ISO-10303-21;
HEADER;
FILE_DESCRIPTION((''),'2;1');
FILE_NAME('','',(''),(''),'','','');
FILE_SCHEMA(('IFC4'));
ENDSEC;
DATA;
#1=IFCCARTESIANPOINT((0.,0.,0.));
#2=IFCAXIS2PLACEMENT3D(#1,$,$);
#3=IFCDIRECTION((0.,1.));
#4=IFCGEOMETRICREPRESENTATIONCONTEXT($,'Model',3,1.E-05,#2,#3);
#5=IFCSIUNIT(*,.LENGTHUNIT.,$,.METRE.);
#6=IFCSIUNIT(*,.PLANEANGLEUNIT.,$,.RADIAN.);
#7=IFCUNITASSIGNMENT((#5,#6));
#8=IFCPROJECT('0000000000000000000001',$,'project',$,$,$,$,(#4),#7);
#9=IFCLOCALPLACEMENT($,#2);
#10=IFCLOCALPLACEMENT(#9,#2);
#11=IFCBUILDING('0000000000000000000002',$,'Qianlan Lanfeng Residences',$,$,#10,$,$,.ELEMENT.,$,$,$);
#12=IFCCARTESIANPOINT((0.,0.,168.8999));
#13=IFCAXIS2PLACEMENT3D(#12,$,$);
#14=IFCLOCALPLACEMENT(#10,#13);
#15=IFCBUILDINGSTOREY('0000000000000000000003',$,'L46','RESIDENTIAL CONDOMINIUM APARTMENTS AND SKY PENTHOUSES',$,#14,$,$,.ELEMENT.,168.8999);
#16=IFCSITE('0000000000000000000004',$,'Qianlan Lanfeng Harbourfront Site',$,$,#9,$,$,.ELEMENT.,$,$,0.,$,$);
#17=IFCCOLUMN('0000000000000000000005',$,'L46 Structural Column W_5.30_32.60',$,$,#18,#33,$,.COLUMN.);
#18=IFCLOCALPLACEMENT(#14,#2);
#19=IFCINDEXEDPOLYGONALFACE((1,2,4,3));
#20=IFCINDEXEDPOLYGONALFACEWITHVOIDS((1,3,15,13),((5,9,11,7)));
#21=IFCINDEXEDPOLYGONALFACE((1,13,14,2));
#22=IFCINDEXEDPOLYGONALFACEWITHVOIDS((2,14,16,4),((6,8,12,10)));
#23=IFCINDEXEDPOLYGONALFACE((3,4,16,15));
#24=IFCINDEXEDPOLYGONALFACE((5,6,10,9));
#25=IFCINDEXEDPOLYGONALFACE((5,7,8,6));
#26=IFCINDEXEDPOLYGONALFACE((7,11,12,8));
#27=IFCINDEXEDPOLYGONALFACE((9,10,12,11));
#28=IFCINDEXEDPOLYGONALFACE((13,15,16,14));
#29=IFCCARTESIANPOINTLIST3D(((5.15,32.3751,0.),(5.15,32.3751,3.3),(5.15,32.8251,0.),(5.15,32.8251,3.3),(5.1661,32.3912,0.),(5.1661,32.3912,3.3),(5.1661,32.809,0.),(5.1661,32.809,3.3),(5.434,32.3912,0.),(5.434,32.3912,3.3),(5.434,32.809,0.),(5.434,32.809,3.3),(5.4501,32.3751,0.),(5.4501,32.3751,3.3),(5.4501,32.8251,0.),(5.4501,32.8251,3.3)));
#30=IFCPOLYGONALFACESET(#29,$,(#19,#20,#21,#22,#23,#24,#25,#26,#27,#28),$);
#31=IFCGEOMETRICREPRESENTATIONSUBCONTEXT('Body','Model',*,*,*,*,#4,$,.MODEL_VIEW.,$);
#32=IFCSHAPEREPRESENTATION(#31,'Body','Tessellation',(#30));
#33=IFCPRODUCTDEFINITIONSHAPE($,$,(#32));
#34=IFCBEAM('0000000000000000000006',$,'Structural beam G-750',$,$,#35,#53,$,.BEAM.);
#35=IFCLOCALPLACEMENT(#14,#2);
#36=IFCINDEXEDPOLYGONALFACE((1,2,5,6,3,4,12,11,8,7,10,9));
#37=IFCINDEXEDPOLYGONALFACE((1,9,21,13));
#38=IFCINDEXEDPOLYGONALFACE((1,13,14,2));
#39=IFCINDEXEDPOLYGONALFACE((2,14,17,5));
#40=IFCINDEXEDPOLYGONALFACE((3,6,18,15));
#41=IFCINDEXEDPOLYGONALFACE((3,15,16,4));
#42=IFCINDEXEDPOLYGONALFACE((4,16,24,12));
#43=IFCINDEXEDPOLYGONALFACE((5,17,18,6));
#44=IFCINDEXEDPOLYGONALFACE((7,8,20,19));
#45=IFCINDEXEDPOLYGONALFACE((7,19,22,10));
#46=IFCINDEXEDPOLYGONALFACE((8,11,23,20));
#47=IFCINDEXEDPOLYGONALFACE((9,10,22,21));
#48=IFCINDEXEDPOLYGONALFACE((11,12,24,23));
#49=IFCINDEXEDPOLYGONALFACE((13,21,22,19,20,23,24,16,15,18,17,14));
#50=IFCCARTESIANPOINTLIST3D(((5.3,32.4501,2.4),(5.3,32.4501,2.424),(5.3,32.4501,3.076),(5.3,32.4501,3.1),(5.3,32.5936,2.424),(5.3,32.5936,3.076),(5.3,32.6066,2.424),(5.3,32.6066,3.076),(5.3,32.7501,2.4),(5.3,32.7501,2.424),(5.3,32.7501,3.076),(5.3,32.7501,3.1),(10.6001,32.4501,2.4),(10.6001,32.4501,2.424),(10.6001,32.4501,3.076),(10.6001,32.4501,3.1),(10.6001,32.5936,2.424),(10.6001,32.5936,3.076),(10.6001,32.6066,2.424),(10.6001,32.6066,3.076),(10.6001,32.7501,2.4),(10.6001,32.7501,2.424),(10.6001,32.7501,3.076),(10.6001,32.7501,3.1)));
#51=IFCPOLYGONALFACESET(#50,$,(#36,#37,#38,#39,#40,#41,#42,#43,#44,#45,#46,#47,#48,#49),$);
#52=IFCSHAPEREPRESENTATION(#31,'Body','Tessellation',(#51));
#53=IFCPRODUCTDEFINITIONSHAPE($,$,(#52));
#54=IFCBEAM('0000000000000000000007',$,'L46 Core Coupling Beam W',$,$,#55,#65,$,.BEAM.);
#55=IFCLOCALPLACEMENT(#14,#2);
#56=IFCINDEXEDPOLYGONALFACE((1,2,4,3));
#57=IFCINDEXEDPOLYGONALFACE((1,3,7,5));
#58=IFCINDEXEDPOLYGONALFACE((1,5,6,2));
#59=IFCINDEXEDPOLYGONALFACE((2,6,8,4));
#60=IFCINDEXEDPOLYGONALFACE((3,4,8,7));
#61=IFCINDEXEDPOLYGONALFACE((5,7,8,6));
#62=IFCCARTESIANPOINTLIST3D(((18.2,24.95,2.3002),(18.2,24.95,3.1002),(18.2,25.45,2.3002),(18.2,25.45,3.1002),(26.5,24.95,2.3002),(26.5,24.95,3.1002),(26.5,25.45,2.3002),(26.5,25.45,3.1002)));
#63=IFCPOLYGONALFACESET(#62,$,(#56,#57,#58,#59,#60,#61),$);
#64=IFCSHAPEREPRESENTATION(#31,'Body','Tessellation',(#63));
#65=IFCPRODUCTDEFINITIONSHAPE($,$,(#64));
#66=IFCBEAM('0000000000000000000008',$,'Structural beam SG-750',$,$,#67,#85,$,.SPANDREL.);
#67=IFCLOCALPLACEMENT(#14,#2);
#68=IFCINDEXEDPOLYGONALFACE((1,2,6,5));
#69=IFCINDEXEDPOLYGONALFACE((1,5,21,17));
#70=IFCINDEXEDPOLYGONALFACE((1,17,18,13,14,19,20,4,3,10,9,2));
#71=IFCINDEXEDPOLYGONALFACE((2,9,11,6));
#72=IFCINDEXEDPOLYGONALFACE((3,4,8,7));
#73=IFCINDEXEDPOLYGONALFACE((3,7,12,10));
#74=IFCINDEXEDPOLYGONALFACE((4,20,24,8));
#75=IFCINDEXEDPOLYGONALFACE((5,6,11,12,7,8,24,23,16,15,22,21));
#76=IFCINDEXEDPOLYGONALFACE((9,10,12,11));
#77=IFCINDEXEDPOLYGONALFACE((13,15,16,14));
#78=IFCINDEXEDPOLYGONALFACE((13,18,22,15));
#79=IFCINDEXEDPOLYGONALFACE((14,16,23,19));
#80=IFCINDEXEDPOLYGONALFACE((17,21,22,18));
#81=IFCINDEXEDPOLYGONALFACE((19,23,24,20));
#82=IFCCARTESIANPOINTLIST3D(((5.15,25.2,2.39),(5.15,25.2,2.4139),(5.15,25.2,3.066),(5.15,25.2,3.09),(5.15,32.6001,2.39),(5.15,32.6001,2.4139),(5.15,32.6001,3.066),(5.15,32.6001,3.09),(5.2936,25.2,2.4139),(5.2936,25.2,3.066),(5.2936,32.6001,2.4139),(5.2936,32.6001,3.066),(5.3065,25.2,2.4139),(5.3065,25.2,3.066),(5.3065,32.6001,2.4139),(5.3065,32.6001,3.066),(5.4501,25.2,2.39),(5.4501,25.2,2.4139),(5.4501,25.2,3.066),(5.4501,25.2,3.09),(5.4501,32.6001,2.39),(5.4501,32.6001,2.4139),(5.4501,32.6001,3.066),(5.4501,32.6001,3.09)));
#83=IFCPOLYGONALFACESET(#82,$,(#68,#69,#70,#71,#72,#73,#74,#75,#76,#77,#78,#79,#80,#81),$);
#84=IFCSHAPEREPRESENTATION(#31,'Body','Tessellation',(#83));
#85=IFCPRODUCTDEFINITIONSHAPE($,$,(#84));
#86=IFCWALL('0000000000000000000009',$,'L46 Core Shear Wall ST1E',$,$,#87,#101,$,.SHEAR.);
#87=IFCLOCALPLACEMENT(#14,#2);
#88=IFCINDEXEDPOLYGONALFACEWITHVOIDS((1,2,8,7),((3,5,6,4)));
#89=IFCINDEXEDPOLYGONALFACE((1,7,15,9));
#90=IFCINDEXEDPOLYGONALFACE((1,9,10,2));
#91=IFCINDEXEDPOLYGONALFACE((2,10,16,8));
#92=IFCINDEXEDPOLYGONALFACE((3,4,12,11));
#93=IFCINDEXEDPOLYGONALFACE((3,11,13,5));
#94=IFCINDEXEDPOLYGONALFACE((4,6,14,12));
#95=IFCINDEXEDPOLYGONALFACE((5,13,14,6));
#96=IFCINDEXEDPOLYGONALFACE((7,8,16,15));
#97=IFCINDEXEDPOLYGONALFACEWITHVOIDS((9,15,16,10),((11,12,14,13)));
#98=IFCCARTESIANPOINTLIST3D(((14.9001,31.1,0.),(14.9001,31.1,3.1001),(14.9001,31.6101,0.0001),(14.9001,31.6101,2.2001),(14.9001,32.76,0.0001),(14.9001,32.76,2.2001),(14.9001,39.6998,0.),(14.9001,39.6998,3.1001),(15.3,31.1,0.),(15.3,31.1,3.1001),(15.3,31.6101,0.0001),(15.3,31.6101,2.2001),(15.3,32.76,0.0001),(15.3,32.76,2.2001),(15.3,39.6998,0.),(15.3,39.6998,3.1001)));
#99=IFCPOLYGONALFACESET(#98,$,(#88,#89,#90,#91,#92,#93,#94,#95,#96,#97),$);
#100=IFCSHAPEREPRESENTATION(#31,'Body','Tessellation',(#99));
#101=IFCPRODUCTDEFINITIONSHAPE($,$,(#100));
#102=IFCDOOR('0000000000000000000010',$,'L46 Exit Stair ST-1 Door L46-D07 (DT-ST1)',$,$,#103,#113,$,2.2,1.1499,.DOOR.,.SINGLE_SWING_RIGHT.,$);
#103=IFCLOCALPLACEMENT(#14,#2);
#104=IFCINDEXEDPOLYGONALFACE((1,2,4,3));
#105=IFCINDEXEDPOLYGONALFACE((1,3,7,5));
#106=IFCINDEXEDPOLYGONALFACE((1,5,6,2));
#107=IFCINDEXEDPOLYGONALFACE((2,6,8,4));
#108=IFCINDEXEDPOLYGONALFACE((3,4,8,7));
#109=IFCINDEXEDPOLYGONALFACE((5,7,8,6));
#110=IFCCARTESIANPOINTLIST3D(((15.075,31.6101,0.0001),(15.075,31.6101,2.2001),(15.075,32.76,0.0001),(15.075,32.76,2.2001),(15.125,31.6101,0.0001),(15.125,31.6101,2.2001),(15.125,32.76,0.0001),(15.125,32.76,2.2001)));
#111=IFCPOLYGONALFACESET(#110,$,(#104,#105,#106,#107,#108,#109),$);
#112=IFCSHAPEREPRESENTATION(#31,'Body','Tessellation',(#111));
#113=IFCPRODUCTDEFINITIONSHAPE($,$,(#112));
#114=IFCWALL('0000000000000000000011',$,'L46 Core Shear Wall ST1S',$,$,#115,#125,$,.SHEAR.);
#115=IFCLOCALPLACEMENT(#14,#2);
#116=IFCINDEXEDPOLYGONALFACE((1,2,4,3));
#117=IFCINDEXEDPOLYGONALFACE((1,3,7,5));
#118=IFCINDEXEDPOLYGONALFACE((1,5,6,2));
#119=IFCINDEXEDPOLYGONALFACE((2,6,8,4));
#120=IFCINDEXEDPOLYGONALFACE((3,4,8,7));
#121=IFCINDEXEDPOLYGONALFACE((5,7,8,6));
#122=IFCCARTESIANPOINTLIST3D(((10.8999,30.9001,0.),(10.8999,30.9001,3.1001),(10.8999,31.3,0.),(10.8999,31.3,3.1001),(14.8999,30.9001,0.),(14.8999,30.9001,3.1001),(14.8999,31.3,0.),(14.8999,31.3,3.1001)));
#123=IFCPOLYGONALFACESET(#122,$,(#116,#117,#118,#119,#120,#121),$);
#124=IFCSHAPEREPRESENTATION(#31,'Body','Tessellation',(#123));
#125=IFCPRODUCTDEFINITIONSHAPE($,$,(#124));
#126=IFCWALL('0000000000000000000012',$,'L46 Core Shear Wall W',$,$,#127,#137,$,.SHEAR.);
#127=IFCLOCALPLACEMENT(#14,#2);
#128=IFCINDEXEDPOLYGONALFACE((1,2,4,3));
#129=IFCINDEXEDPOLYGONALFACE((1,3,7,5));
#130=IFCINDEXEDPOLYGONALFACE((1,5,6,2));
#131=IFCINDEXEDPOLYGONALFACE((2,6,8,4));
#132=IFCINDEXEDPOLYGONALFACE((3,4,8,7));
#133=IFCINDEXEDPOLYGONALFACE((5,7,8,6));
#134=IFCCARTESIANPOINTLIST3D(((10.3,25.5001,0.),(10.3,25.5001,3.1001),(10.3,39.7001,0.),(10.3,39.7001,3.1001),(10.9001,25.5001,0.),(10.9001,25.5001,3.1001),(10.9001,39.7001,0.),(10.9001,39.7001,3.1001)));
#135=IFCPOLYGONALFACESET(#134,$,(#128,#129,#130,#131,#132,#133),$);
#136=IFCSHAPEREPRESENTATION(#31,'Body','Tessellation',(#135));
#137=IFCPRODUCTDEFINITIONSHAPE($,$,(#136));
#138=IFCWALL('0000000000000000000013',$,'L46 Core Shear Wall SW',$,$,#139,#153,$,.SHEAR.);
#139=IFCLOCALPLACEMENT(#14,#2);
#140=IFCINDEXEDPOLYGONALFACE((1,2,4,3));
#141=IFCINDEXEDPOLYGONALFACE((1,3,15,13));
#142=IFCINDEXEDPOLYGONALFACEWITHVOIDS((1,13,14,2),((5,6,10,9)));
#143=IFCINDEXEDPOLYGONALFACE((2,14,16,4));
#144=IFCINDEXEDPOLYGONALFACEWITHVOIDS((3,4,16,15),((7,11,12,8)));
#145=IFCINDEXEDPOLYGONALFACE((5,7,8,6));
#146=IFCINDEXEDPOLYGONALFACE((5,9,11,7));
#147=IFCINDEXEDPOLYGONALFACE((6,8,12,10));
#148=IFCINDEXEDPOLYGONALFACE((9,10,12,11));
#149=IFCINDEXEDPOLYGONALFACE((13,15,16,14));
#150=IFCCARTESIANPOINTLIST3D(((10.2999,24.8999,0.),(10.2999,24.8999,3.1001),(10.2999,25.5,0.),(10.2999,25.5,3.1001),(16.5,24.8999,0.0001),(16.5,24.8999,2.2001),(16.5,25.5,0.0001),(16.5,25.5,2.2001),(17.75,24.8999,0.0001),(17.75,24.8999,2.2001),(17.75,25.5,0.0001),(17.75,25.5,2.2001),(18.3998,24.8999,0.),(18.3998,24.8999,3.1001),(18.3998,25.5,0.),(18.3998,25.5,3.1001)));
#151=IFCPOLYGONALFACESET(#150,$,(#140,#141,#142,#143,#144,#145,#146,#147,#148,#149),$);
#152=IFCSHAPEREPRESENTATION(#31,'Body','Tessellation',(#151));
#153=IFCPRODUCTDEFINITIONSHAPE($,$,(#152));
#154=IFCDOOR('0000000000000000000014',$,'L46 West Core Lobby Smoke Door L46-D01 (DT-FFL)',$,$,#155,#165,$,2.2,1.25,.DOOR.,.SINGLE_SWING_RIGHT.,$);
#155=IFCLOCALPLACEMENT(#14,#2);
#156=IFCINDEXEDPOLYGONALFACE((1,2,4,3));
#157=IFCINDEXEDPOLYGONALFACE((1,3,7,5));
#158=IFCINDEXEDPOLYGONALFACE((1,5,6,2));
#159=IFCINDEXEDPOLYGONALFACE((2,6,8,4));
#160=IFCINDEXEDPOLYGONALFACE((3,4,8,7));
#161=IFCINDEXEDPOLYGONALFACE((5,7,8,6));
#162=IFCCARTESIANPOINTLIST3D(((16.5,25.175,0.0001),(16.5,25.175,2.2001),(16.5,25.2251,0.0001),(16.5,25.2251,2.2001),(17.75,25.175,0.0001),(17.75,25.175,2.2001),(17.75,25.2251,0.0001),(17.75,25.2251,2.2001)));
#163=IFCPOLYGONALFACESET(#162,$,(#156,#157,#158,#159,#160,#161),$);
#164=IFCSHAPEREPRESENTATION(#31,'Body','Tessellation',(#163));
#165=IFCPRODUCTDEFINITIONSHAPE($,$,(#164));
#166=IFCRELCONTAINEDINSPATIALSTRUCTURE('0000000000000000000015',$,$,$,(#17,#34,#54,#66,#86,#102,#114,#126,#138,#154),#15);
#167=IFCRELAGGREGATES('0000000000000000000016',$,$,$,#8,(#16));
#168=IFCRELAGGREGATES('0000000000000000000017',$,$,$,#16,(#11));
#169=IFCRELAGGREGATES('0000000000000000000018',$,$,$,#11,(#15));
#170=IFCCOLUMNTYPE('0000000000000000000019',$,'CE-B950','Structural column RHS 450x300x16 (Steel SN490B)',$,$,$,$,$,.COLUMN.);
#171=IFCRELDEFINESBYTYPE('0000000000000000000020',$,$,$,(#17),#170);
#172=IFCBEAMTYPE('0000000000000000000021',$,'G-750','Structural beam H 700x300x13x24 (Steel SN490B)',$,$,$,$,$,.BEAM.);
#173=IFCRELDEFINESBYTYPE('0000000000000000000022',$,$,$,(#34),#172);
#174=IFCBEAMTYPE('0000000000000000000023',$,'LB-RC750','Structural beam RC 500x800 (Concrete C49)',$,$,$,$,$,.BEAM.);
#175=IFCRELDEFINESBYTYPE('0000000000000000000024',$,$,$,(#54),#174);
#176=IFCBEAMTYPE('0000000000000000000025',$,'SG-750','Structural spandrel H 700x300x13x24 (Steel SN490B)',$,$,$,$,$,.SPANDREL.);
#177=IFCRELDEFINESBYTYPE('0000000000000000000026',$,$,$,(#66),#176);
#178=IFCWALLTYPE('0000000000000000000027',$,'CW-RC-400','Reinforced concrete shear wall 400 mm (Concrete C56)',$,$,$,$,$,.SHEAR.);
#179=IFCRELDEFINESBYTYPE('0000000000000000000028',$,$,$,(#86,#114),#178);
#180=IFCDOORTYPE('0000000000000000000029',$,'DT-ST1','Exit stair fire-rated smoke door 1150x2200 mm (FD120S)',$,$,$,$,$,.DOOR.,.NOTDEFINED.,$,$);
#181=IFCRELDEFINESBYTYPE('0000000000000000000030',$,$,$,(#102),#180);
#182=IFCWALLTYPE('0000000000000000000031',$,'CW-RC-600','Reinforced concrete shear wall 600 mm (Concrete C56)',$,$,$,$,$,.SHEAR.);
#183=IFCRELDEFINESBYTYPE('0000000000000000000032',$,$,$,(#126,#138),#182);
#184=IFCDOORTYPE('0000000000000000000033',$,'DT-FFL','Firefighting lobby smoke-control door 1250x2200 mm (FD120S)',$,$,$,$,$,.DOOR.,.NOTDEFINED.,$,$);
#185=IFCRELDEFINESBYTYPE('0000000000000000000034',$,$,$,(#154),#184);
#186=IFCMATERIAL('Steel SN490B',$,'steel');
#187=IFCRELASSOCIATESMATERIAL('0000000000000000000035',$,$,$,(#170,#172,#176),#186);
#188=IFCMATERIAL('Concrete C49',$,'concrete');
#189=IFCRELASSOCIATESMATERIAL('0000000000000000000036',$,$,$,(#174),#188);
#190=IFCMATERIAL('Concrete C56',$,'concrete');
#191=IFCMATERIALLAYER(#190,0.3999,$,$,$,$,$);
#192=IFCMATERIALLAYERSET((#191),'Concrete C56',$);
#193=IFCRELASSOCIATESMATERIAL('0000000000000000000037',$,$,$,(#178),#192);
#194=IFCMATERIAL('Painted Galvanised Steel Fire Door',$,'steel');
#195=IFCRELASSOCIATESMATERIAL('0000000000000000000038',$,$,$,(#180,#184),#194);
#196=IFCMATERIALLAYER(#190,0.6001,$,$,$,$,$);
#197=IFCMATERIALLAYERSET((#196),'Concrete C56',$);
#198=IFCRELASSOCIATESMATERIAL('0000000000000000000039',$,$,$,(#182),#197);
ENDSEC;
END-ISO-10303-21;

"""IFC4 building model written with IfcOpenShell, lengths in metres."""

from ifc_helpers import new_model, si_unit, direction, frame, frame_2d, origin, origin_2d, place, context, subcontext, project, spatial, rectangle, hollow_rectangle, i_section, extrude, material, layer, layer_set, material_profile, profile_set, type_object, element, fill, save


model = new_model("IFC4")

# Units and contexts
model_context = context("Model", 3, precision=1e-05, world=origin(), true_north=direction((0.0, 1.0)))
body_context = subcontext(model_context, "Body", "Model", "MODEL_VIEW")
ifc_project = project(units=[si_unit("LENGTHUNIT", "METRE"), si_unit("PLANEANGLEUNIT", "RADIAN")], contexts=[model_context])

# Site, building, storey
site_placement = place(None, origin())
site = spatial("IfcSite", under=ifc_project, at=site_placement, Name="Qianlan Lanfeng Harbourfront Site", CompositionType="ELEMENT", RefElevation=0.0)
building_placement = place(site_placement, origin())
building = spatial("IfcBuilding", under=site, at=building_placement, Name="Qianlan Lanfeng Residences", CompositionType="ELEMENT")
storey_placement = place(building_placement, frame((0.0, 0.0, 168.8999)))
storey = spatial("IfcBuildingStorey", under=building, at=storey_placement, Name="L46", Description="RESIDENTIAL CONDOMINIUM APARTMENTS AND SKY PENTHOUSES", CompositionType="ELEMENT", Elevation=168.8999)

# Column
ifc_material_1 = material(Name="Steel SN490B", Category="steel")
ifc_material_profile_1 = material_profile(ifc_material_1, hollow_rectangle(XDim=0.3, YDim=0.45, WallThickness=0.0161, at=origin_2d()), Name="RHS 450x300x16")
ifc_profile_set_1 = profile_set([ifc_material_profile_1], Name="Steel SN490B")
column_type = type_object("IfcColumnType", Name="CE-B950", Description="Structural column RHS 450x300x16 (Steel SN490B)", PredefinedType="COLUMN", material=ifc_profile_set_1)
column_placement = place(storey_placement, frame((5.3, 32.6001, 0.0), z_axis=(0.0, 0.0, 1.0), x_axis=(1.0, 0.0, 0.0)))
element("IfcColumn", 1, at=column_placement, inside=storey, type_object=column_type, Name="L46 Structural Column W_5.30_32.60", PredefinedType="COLUMN", context=body_context, shape_type="SweptSolid", body=[
    extrude(hollow_rectangle(XDim=0.3, YDim=0.45, WallThickness=0.0161, at=origin_2d()), origin(), (0.0, 0.0, 1.0), 3.3),
])

# Beams
ifc_material_profile_2 = material_profile(ifc_material_1, i_section(OverallWidth=0.3, OverallDepth=0.7, WebThickness=0.0129, FlangeThickness=0.0239, at=origin_2d()), Name="H 700x300x13x24")
ifc_profile_set_2 = profile_set([ifc_material_profile_2], Name="Steel SN490B")
beam_type_1 = type_object("IfcBeamType", Name="G-750", Description="Structural beam H 700x300x13x24 (Steel SN490B)", PredefinedType="BEAM", material=ifc_profile_set_2)
beam_1_placement = place(storey_placement, frame((5.3, 32.6001, 2.75), z_axis=(1.0, 0.0, 0.0), x_axis=(0.0, 1.0, 0.0)))
element("IfcBeam", 2, at=beam_1_placement, inside=storey, type_object=beam_type_1, Name="Structural beam G-750", PredefinedType="BEAM", context=body_context, shape_type="SweptSolid", body=[
    extrude(i_section(OverallWidth=0.3, OverallDepth=0.7, WebThickness=0.0129, FlangeThickness=0.0239, at=origin_2d()), origin(), (0.0, 0.0, 1.0), 5.3),
])
ifc_material_2 = material(Name="Concrete C49", Category="concrete")
ifc_material_profile_3 = material_profile(ifc_material_2, rectangle(XDim=0.5, YDim=0.8, at=origin_2d()), Name="RC 500x800")
ifc_profile_set_3 = profile_set([ifc_material_profile_3], Name="Concrete C49")
beam_type_2 = type_object("IfcBeamType", Name="LB-RC750", Description="Structural beam RC 500x800 (Concrete C49)", PredefinedType="BEAM", material=ifc_profile_set_3)
beam_2_placement = place(storey_placement, frame((18.2, 25.2, 2.7002), z_axis=(1.0, 0.0, 0.0), x_axis=(0.0, 1.0, 0.0)))
element("IfcBeam", 3, at=beam_2_placement, inside=storey, type_object=beam_type_2, Name="L46 Core Coupling Beam W", PredefinedType="BEAM", context=body_context, shape_type="SweptSolid", body=[
    extrude(rectangle(XDim=0.5, YDim=0.8, at=origin_2d()), origin(), (0.0, 0.0, 1.0), 8.3),
])
ifc_material_profile_4 = material_profile(ifc_material_1, i_section(OverallWidth=0.3, OverallDepth=0.7, WebThickness=0.0129, FlangeThickness=0.0239, at=origin_2d()), Name="H 700x300x13x24")
ifc_profile_set_4 = profile_set([ifc_material_profile_4], Name="Steel SN490B")
beam_type_3 = type_object("IfcBeamType", Name="SG-750", Description="Structural spandrel H 700x300x13x24 (Steel SN490B)", PredefinedType="SPANDREL", material=ifc_profile_set_4)
beam_3_placement = place(storey_placement, frame((5.3, 25.2, 2.74), z_axis=(0.0, 1.0, 0.0), x_axis=(-1.0, 0.0, 0.0)))
element("IfcBeam", 4, at=beam_3_placement, inside=storey, type_object=beam_type_3, Name="Structural beam SG-750", PredefinedType="SPANDREL", context=body_context, shape_type="SweptSolid", body=[
    extrude(i_section(OverallWidth=0.3, OverallDepth=0.7, WebThickness=0.0129, FlangeThickness=0.0239, at=origin_2d()), origin(), (0.0, 0.0, 1.0), 7.4001),
])

# Wall, opening, door
ifc_material_3 = material(Name="Concrete C56", Category="concrete")
ifc_layer_1 = layer(ifc_material_3, 0.3999)
ifc_layer_set_1 = layer_set([ifc_layer_1], Name="Concrete C56")
wall_type_1 = type_object("IfcWallType", Name="CW-RC-400", Description="Reinforced concrete shear wall 400 mm (Concrete C56)", PredefinedType="SHEAR", material=ifc_layer_set_1)
wall_1_placement = place(storey_placement, frame((15.1001, 31.1001, 0.0), z_axis=(0.0, 0.0, 1.0), x_axis=(0.0, 1.0, 0.0)))
wall_1 = element("IfcWall", 5, at=wall_1_placement, inside=storey, type_object=wall_type_1, Name="L46 Core Shear Wall ST1E", PredefinedType="SHEAR", context=body_context, shape_type="SweptSolid", body=[
    extrude(rectangle(XDim=8.5999, YDim=0.3999, at=frame_2d((4.2998, 0.0))), origin(), (0.0, 0.0, 1.0), 3.1001),
])
opening_1_placement = place(wall_1_placement, frame((0.51, 0.0, 0.0)))
opening_1 = element("IfcOpeningElement", 6, at=opening_1_placement, cuts=wall_1, PredefinedType="OPENING", context=body_context, shape_type="SweptSolid", body=[
    extrude(rectangle(XDim=1.1499, YDim=2.2, at=frame_2d((0.575, 1.1001))), frame((0.0, 0.21, 0.0), z_axis=(0.0, -1.0, 0.0), x_axis=(1.0, 0.0, 0.0)), (0.0, 0.0, 1.0), 0.4199),
])
ifc_material_4 = material(Name="Painted Galvanised Steel Fire Door", Category="steel")
door_type_1 = type_object("IfcDoorType", Name="DT-ST1", Description="Exit stair fire-rated smoke door 1150x2200 mm (FD120S)", OperationType="NOTDEFINED", PredefinedType="DOOR", material=ifc_material_4)
door_1_placement = place(opening_1_placement, frame((1.1499, 0.0, 0.0), z_axis=(0.0, 0.0, 1.0), x_axis=(-1.0, 0.0, 0.0)))
door_1 = element("IfcDoor", 7, at=door_1_placement, inside=storey, type_object=door_type_1, Name="L46 Exit Stair ST-1 Door L46-D07 (DT-ST1)", OperationType="SINGLE_SWING_RIGHT", OverallHeight=2.2, OverallWidth=1.1499, PredefinedType="DOOR", context=body_context, shape_type="SweptSolid", body=[
    extrude(rectangle(XDim=1.1499, YDim=2.2, at=frame_2d((0.575, 1.1001))), frame((0.0, 0.0249, 0.0), z_axis=(0.0, -1.0, 0.0), x_axis=(1.0, 0.0, 0.0)), (0.0, 0.0, 1.0), 0.05),
])
fill(opening_1, door_1)

# Wall
wall_2_placement = place(storey_placement, frame((10.8999, 31.1001, 0.0), z_axis=(0.0, 0.0, 1.0), x_axis=(1.0, 0.0, 0.0)))
element("IfcWall", 8, at=wall_2_placement, inside=storey, type_object=wall_type_1, Name="L46 Core Shear Wall ST1S", PredefinedType="SHEAR", context=body_context, shape_type="SweptSolid", body=[
    extrude(rectangle(XDim=4.0, YDim=0.3999, at=frame_2d((2.0, 0.0))), origin(), (0.0, 0.0, 1.0), 3.1001),
])

# Wall
ifc_layer_2 = layer(ifc_material_3, 0.6001)
ifc_layer_set_2 = layer_set([ifc_layer_2], Name="Concrete C56")
wall_type_2 = type_object("IfcWallType", Name="CW-RC-600", Description="Reinforced concrete shear wall 600 mm (Concrete C56)", PredefinedType="SHEAR", material=ifc_layer_set_2)
wall_3_placement = place(storey_placement, frame((10.6001, 25.5, 0.0), z_axis=(0.0, 0.0, 1.0), x_axis=(0.0, 1.0, 0.0)))
element("IfcWall", 9, at=wall_3_placement, inside=storey, type_object=wall_type_2, Name="L46 Core Shear Wall W", PredefinedType="SHEAR", context=body_context, shape_type="SweptSolid", body=[
    extrude(rectangle(XDim=14.2, YDim=0.6001, at=frame_2d((7.1001, 0.0))), origin(), (0.0, 0.0, 1.0), 3.1001),
])

# Wall, opening, door
wall_4_placement = place(storey_placement, frame((10.3, 25.2, 0.0), z_axis=(0.0, 0.0, 1.0), x_axis=(1.0, 0.0, 0.0)))
wall_4 = element("IfcWall", 10, at=wall_4_placement, inside=storey, type_object=wall_type_2, Name="L46 Core Shear Wall SW", PredefinedType="SHEAR", context=body_context, shape_type="SweptSolid", body=[
    extrude(rectangle(XDim=8.0999, YDim=0.6001, at=frame_2d((4.0498, 0.0))), origin(), (0.0, 0.0, 1.0), 3.1001),
])
opening_2_placement = place(wall_4_placement, frame((6.2, 0.0, 0.0)))
opening_2 = element("IfcOpeningElement", 11, at=opening_2_placement, cuts=wall_4, PredefinedType="OPENING", context=body_context, shape_type="SweptSolid", body=[
    extrude(rectangle(XDim=1.25, YDim=2.2, at=frame_2d((0.625, 1.1001))), frame((0.0, 0.3101, 0.0), z_axis=(0.0, -1.0, 0.0), x_axis=(1.0, 0.0, 0.0)), (0.0, 0.0, 1.0), 0.6201),
])
door_type_2 = type_object("IfcDoorType", Name="DT-FFL", Description="Firefighting lobby smoke-control door 1250x2200 mm (FD120S)", OperationType="NOTDEFINED", PredefinedType="DOOR", material=ifc_material_4)
door_2_placement = place(opening_2_placement, frame((1.25, 0.0, 0.0), z_axis=(0.0, 0.0, 1.0), x_axis=(-1.0, 0.0, 0.0)))
door_2 = element("IfcDoor", 12, at=door_2_placement, inside=storey, type_object=door_type_2, Name="L46 West Core Lobby Smoke Door L46-D01 (DT-FFL)", OperationType="SINGLE_SWING_RIGHT", OverallHeight=2.2, OverallWidth=1.25, PredefinedType="DOOR", context=body_context, shape_type="SweptSolid", body=[
    extrude(rectangle(XDim=1.25, YDim=2.2, at=frame_2d((0.625, 1.1001))), frame((0.0, 0.0249, 0.0), z_axis=(0.0, -1.0, 0.0), x_axis=(1.0, 0.0, 0.0)), (0.0, 0.0, 1.0), 0.05),
])
fill(opening_2, door_2)

save(model, "model.ifc")
